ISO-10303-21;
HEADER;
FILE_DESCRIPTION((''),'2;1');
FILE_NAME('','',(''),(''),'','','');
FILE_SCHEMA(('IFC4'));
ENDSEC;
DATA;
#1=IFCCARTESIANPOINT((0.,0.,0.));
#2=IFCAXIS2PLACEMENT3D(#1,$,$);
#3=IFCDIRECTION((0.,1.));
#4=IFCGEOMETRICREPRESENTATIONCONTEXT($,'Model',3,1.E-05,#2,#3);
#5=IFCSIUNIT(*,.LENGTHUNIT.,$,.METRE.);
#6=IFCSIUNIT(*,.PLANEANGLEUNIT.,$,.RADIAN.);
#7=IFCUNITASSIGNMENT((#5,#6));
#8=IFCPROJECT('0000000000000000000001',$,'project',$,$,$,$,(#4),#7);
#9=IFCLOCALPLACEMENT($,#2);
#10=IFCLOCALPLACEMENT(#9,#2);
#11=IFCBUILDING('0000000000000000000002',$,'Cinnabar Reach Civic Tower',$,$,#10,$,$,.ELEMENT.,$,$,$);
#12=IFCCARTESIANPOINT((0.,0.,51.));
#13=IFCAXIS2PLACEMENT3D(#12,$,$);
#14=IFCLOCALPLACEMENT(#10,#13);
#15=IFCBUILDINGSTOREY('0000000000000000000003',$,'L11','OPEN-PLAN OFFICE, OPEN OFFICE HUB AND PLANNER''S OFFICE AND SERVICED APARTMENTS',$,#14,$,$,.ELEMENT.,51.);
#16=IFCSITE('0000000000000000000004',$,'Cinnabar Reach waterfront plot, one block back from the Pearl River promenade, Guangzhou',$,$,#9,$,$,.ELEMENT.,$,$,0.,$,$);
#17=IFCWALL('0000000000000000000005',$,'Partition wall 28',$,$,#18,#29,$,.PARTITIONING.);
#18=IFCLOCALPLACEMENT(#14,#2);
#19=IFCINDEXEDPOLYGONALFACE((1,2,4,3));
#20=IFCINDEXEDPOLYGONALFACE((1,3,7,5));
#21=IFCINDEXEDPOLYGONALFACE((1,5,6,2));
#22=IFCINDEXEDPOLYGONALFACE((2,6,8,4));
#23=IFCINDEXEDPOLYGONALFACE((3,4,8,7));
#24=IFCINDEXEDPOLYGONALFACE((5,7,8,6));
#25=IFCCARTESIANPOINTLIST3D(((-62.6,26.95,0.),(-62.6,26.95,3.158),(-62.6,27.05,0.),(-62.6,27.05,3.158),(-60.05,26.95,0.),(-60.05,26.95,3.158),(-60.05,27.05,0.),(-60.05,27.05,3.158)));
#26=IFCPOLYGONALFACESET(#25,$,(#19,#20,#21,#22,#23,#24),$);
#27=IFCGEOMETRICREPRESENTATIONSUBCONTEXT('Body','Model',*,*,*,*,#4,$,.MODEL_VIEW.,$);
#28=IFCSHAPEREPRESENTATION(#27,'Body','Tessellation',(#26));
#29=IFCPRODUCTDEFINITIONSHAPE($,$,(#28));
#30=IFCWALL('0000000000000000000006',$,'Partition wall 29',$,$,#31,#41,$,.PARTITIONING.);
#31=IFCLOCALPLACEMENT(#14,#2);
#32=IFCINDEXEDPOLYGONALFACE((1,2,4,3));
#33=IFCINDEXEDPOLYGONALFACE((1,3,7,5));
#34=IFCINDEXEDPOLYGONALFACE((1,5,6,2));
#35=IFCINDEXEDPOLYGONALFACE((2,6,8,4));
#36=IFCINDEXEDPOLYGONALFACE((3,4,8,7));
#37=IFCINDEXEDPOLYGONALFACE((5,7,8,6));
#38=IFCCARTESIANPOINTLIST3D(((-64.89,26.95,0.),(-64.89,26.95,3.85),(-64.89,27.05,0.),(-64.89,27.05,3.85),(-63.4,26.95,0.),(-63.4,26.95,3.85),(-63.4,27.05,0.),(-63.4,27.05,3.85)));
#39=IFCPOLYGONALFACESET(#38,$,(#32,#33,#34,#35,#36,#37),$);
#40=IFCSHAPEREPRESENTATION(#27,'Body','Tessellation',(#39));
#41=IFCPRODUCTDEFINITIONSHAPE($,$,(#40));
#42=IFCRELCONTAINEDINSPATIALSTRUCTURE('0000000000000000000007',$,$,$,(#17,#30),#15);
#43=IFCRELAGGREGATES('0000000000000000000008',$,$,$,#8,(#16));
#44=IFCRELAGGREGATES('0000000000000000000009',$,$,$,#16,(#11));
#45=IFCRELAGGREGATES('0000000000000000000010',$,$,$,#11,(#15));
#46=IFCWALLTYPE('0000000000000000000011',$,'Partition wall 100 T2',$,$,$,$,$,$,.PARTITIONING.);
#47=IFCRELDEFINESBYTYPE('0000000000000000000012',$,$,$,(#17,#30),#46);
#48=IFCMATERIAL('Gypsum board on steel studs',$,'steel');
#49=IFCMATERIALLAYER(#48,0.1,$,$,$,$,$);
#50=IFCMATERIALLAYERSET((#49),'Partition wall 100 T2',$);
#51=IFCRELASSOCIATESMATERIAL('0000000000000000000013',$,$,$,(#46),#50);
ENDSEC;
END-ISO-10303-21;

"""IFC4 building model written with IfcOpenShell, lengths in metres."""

from ifc_helpers import new_model, si_unit, direction, frame, frame_2d, origin, place, context, subcontext, project, spatial, rectangle, extrude, material, layer, layer_set, type_object, element, save


model = new_model("IFC4")

# Units and contexts
model_context = context("Model", 3, precision=1e-05, world=origin(), true_north=direction((0.0, 1.0)))
body_context = subcontext(model_context, "Body", "Model", "MODEL_VIEW")
ifc_project = project(units=[si_unit("LENGTHUNIT", "METRE"), si_unit("PLANEANGLEUNIT", "RADIAN")], contexts=[model_context])

# Site, building, storey
site_placement = place(None, origin())
site = spatial("IfcSite", under=ifc_project, at=site_placement, Name="Cinnabar Reach waterfront plot, one block back from the Pearl River promenade, Guangzhou", CompositionType="ELEMENT", RefElevation=0.0)
building_placement = place(site_placement, origin())
building = spatial("IfcBuilding", under=site, at=building_placement, Name="Cinnabar Reach Civic Tower", CompositionType="ELEMENT")
storey_placement = place(building_placement, frame((0.0, 0.0, 51.0)))
storey = spatial("IfcBuildingStorey", under=building, at=storey_placement, Name="L11", Description="OPEN-PLAN OFFICE, OPEN OFFICE HUB AND PLANNER'S OFFICE AND SERVICED APARTMENTS", CompositionType="ELEMENT", Elevation=51.0)

# Walls
ifc_material_1 = material(Name="Gypsum board on steel studs", Category="steel")
ifc_layer_1 = layer(ifc_material_1, 0.1)
ifc_layer_set_1 = layer_set([ifc_layer_1], Name="Partition wall 100 T2")
wall_type_1 = type_object("IfcWallType", Name="Partition wall 100 T2", PredefinedType="PARTITIONING", material=ifc_layer_set_1)
wall_1_placement = place(storey_placement, frame((-62.6, 27.0, 0.0), z_axis=(0.0, 0.0, 1.0), x_axis=(1.0, 0.0, 0.0)))
element("IfcWall", 1, at=wall_1_placement, inside=storey, type_object=wall_type_1, Name="Partition wall 28", PredefinedType="PARTITIONING", context=body_context, shape_type="SweptSolid", body=[
    extrude(rectangle(XDim=2.55, YDim=0.1, at=frame_2d((1.275, 0.0))), origin(), (0.0, 0.0, 1.0), 3.158),
])
wall_2_placement = place(storey_placement, frame((-64.89, 27.0, 0.0), z_axis=(0.0, 0.0, 1.0), x_axis=(1.0, 0.0, 0.0)))
element("IfcWall", 2, at=wall_2_placement, inside=storey, type_object=wall_type_1, Name="Partition wall 29", PredefinedType="PARTITIONING", context=body_context, shape_type="SweptSolid", body=[
    extrude(rectangle(XDim=1.49, YDim=0.1, at=frame_2d((0.745, 0.0))), origin(), (0.0, 0.0, 1.0), 3.85),
])

save(model, "model.ifc")
